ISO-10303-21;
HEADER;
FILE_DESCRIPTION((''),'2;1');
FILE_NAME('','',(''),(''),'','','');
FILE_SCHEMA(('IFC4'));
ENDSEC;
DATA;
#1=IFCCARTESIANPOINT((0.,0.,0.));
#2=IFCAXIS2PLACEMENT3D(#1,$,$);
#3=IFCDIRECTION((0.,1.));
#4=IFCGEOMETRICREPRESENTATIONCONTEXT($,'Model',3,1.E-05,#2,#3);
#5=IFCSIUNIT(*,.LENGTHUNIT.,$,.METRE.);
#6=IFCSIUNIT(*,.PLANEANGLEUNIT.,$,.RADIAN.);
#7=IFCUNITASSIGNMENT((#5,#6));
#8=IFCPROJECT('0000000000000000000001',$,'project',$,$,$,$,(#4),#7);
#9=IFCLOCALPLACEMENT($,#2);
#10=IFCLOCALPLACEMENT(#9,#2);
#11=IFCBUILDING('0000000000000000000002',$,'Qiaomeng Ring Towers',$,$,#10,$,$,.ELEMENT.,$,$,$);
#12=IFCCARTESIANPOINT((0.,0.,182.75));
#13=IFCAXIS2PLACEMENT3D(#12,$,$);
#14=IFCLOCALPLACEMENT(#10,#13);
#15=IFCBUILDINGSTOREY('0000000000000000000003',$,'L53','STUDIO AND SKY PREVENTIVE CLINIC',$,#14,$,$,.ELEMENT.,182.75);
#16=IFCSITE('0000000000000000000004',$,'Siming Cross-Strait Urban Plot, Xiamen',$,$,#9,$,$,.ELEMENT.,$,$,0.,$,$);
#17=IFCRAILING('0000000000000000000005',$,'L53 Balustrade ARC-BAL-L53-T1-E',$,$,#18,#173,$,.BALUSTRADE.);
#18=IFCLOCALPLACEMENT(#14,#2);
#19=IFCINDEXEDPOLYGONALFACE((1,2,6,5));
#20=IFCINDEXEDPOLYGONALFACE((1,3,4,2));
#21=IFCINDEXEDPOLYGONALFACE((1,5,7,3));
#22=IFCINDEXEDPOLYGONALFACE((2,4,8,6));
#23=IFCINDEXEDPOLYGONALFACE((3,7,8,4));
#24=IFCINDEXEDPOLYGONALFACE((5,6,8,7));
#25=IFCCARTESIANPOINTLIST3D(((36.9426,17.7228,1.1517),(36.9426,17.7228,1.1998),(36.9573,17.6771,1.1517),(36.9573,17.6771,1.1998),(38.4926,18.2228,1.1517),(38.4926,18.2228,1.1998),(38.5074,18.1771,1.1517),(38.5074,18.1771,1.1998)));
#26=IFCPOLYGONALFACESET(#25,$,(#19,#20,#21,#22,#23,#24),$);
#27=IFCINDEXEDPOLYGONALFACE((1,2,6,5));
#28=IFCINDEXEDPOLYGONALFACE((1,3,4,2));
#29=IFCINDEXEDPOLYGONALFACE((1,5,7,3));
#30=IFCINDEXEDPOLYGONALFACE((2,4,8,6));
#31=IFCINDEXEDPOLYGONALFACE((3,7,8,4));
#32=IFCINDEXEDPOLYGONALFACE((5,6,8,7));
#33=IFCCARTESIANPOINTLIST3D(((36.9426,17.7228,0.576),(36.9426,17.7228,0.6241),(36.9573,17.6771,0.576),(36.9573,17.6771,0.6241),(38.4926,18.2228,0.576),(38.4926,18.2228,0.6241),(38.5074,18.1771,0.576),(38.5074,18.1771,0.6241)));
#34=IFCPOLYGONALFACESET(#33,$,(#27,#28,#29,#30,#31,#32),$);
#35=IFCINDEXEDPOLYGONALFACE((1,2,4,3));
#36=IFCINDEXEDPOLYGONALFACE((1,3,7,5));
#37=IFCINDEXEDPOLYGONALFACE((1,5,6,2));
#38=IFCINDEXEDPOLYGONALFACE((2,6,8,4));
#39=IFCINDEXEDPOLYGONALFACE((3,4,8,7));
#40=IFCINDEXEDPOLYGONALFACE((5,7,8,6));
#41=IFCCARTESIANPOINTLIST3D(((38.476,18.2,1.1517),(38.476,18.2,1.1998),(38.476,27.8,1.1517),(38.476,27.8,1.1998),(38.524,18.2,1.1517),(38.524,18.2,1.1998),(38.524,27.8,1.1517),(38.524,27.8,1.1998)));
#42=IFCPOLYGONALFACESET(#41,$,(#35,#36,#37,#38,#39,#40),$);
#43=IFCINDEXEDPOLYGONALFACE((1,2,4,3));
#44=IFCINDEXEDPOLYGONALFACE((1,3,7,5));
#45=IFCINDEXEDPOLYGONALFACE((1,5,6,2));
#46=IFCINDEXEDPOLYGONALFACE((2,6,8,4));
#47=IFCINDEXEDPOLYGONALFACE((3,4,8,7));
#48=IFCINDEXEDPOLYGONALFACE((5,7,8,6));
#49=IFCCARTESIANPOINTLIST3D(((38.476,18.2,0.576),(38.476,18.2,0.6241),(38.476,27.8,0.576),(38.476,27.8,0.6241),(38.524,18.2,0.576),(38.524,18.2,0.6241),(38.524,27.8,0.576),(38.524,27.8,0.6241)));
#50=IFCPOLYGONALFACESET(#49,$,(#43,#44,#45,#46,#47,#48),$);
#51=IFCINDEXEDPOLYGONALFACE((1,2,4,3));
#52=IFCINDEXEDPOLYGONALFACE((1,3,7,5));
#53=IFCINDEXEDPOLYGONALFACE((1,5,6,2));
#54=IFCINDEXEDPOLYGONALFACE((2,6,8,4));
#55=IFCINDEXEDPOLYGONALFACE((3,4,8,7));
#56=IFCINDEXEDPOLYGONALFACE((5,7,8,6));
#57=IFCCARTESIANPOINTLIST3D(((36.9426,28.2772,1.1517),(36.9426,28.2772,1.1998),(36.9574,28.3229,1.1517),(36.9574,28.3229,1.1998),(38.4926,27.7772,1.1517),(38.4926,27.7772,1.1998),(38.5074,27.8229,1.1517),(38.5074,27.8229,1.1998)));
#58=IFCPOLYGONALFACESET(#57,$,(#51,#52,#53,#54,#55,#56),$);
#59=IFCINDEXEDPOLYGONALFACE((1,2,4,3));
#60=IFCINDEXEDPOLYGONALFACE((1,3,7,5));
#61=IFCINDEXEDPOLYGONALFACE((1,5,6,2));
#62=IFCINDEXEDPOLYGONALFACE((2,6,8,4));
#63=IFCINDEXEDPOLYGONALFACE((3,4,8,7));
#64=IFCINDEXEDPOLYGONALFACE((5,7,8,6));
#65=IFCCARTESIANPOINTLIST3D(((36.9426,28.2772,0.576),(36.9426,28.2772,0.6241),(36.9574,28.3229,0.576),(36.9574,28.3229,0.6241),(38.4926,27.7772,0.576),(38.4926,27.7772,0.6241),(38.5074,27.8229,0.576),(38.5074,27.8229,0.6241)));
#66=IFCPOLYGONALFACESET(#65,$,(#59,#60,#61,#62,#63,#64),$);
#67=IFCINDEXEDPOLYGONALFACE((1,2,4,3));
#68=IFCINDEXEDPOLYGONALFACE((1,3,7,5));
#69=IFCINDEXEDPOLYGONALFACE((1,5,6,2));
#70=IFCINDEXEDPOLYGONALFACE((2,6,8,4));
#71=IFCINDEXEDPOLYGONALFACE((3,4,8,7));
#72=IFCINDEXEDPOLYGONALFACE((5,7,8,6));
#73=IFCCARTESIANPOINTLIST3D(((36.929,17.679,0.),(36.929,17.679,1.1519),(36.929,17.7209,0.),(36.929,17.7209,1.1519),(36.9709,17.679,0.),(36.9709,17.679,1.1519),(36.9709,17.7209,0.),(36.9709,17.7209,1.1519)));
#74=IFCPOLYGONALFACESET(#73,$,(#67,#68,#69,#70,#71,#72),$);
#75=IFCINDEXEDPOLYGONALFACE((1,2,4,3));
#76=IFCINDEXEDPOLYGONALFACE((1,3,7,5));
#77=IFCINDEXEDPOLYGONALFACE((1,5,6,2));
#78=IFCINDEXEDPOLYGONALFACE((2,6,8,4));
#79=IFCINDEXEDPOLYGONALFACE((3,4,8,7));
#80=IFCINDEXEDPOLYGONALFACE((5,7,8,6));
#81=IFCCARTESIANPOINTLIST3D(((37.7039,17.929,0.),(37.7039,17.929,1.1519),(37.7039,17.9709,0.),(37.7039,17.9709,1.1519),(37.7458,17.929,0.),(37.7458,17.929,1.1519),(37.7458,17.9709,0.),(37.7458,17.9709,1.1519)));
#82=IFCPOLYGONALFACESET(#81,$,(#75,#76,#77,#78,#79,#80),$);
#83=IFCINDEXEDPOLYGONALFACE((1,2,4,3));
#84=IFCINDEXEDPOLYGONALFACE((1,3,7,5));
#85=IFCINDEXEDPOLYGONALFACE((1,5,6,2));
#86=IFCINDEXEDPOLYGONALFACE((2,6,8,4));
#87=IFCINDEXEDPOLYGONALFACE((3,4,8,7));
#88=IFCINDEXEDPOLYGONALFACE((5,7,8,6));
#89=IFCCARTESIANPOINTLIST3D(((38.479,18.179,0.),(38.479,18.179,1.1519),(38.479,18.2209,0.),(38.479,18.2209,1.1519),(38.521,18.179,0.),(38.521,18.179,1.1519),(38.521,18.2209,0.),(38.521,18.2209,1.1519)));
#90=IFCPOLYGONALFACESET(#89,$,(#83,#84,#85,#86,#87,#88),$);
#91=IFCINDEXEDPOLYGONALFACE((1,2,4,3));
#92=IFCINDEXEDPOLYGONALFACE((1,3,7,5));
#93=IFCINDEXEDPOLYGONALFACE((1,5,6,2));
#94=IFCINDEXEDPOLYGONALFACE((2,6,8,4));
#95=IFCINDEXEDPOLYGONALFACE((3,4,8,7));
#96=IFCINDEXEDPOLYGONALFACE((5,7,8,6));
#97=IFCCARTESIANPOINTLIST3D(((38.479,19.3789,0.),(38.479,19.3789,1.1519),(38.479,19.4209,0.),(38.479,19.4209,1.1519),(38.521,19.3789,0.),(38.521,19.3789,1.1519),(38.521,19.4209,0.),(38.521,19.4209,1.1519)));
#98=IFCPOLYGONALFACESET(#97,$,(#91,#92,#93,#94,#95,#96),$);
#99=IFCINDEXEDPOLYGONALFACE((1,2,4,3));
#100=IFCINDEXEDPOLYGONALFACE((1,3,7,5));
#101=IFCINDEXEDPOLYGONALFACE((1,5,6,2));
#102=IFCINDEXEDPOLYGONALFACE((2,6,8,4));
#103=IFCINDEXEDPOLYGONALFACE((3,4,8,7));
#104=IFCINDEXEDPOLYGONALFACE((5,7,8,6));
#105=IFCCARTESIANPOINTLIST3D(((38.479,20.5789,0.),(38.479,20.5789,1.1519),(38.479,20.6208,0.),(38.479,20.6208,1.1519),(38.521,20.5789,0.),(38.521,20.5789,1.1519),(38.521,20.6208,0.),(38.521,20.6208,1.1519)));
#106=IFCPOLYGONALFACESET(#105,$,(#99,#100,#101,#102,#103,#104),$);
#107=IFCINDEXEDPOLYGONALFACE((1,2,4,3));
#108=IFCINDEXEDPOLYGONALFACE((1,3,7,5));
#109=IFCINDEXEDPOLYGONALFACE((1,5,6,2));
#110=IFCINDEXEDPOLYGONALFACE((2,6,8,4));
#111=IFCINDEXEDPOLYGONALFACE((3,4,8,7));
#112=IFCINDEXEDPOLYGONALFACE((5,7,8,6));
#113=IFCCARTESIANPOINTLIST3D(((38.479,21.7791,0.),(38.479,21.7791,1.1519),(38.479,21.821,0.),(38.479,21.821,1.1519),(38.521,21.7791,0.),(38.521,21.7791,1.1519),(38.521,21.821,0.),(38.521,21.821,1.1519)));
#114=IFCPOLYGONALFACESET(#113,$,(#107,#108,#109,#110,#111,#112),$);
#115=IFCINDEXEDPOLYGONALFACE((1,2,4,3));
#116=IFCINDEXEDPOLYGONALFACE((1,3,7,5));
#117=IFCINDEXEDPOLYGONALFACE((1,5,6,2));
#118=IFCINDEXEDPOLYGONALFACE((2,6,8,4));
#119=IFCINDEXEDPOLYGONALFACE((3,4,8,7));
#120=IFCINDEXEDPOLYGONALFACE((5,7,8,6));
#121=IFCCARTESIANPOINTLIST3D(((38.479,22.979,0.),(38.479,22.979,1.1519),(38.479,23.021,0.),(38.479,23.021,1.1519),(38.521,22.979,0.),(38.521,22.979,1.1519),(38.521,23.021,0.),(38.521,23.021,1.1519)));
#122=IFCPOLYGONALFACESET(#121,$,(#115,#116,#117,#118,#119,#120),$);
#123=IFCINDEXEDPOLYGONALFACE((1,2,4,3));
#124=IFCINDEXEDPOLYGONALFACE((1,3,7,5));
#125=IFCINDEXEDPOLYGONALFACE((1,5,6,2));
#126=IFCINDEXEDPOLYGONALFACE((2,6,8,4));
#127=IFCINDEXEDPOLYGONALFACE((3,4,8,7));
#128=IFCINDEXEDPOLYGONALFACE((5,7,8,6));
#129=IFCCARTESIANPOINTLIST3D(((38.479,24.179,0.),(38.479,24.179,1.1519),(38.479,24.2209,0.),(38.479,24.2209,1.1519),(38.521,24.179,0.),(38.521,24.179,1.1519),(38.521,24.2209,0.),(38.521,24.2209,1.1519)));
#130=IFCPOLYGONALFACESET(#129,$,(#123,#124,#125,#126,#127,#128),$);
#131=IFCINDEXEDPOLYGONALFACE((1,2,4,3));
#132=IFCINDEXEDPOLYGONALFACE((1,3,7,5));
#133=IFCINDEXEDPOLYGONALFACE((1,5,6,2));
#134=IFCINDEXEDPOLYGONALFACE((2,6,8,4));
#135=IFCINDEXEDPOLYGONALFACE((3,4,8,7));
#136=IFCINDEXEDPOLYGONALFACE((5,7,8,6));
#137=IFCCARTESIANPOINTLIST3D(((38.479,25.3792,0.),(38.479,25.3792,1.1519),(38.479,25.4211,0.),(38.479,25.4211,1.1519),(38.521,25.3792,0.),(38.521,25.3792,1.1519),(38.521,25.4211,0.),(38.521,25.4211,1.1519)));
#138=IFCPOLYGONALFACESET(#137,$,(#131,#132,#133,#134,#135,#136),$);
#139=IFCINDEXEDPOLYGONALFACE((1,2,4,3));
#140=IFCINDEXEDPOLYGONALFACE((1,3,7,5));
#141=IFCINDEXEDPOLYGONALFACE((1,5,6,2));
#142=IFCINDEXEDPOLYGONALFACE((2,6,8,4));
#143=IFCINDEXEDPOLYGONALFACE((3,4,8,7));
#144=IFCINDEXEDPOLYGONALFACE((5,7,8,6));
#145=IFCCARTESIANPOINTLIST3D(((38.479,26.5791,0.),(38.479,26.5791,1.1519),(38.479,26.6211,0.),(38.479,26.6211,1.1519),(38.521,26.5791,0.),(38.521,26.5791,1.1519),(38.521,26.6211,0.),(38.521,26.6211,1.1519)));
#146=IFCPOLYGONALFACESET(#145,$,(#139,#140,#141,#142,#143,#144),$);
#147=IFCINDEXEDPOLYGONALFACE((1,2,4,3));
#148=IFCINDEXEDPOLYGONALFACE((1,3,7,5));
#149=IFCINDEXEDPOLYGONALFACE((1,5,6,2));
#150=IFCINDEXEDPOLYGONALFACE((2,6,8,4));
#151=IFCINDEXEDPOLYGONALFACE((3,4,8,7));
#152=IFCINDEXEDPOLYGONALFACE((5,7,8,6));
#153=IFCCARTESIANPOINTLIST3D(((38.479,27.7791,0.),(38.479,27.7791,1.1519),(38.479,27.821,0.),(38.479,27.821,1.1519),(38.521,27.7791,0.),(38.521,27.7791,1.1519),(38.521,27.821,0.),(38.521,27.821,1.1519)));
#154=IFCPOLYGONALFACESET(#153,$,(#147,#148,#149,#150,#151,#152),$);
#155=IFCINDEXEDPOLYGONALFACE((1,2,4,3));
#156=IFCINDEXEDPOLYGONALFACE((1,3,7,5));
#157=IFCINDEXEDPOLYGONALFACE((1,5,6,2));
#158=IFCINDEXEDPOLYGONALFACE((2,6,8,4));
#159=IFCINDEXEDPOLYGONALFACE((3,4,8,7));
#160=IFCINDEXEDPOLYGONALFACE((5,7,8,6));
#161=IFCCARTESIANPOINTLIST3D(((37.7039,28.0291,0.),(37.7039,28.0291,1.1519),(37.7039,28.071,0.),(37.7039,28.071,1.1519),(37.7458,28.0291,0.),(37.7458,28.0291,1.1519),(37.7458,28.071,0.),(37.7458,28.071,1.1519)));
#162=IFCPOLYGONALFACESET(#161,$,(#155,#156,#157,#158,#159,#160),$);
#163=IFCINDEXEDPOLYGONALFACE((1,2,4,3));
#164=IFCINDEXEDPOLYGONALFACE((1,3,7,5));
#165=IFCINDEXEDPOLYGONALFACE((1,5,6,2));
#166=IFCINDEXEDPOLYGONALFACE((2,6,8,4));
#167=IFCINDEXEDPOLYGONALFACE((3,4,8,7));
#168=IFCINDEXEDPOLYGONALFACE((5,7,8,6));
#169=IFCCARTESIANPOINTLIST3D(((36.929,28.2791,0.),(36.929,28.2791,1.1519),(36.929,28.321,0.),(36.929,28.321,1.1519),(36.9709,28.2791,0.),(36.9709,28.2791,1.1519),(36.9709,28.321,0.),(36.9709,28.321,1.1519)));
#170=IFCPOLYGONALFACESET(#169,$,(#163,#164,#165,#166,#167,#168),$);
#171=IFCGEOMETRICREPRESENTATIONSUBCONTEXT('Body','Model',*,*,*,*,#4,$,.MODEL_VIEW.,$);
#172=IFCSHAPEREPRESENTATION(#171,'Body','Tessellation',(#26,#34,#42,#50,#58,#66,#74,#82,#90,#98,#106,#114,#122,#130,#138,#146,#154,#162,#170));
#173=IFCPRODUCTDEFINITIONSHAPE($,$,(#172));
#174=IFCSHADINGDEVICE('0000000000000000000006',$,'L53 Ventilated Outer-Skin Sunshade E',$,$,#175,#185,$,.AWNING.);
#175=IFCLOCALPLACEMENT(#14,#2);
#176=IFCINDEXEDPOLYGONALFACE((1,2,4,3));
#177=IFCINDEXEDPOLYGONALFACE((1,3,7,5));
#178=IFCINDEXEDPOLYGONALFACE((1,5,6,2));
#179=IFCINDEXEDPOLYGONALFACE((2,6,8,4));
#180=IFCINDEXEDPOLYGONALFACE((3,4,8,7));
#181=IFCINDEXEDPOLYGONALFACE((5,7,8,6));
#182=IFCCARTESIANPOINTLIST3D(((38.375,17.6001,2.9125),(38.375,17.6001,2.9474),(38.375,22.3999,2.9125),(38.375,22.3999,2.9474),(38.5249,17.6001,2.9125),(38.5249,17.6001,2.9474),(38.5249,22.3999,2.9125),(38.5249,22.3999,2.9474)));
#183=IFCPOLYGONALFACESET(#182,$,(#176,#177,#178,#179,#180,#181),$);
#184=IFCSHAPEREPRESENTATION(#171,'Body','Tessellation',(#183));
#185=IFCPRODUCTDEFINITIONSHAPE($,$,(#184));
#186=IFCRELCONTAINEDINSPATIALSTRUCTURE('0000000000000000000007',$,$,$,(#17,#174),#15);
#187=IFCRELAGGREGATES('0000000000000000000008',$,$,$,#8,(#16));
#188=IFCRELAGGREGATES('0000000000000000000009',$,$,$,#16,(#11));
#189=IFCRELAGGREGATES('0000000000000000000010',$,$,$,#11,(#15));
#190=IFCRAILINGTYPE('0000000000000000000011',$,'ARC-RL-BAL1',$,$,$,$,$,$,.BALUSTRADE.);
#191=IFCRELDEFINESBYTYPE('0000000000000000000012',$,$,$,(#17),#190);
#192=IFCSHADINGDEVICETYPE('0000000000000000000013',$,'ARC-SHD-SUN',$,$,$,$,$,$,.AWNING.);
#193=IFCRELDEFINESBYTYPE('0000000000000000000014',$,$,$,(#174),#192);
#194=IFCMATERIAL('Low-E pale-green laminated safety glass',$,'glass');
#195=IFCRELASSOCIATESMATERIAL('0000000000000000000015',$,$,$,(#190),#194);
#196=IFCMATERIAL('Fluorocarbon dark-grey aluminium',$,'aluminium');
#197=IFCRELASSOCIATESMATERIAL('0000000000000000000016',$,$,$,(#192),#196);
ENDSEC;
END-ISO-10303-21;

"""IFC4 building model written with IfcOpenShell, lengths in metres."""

from ifc_helpers import new_model, si_unit, direction, frame, origin, origin_2d, place, context, subcontext, project, spatial, rectangle, extrude, source, transform, mapped, material, material_profile, profile_set, type_object, element, save


model = new_model("IFC4")

# Units and contexts
model_context = context("Model", 3, precision=1e-05, world=origin(), true_north=direction((0.0, 1.0)))
body_context = subcontext(model_context, "Body", "Model", "MODEL_VIEW")
ifc_project = project(units=[si_unit("LENGTHUNIT", "METRE"), si_unit("PLANEANGLEUNIT", "RADIAN")], contexts=[model_context])

# Site, building, storey
site_placement = place(None, origin())
site = spatial("IfcSite", under=ifc_project, at=site_placement, Name="Siming Cross-Strait Urban Plot, Xiamen", CompositionType="ELEMENT", RefElevation=0.0)
building_placement = place(site_placement, origin())
building = spatial("IfcBuilding", under=site, at=building_placement, Name="Qiaomeng Ring Towers", CompositionType="ELEMENT")
storey_placement = place(building_placement, frame((0.0, 0.0, 182.75)))
storey = spatial("IfcBuildingStorey", under=building, at=storey_placement, Name="L53", Description="STUDIO AND SKY PREVENTIVE CLINIC", CompositionType="ELEMENT", Elevation=182.75)

# Railing
ifc_material_1 = material(Name="Low-E pale-green laminated safety glass", Category="glass")
railing_type = type_object("IfcRailingType", Name="ARC-RL-BAL1", PredefinedType="BALUSTRADE", material=ifc_material_1)
railing_placement = place(storey_placement, frame((36.95, 17.7, 0.0)))
element("IfcRailing", 1, at=railing_placement, inside=storey, type_object=railing_type, Name="L53 Balustrade ARC-BAL-L53-T1-E", PredefinedType="BALUSTRADE", context=body_context, shape_type="SweptSolid", body=[
    extrude(rectangle(XDim=0.0481, YDim=0.0481, at=origin_2d()), frame((0.0, 0.0, 1.1758), z_axis=(0.951711, 0.306994, 0.0), x_axis=(-0.306994, 0.951711, 0.0)), (0.0, 0.0, 1.0), 1.6287),
    extrude(rectangle(XDim=0.0481, YDim=0.0481, at=origin_2d()), frame((0.0, 0.0, 0.6001), z_axis=(0.951711, 0.306994, 0.0), x_axis=(-0.306994, 0.951711, 0.0)), (0.0, 0.0, 1.0), 1.6287),
    extrude(rectangle(XDim=0.0481, YDim=0.0481, at=origin_2d()), frame((1.55, 0.5, 1.1758), z_axis=(0.0, 1.0, 0.0), x_axis=(-1.0, 0.0, 0.0)), (0.0, 0.0, 1.0), 9.6001),
    extrude(rectangle(XDim=0.0481, YDim=0.0481, at=origin_2d()), frame((1.55, 0.5, 0.6001), z_axis=(0.0, 1.0, 0.0), x_axis=(-1.0, 0.0, 0.0)), (0.0, 0.0, 1.0), 9.6001),
    extrude(rectangle(XDim=0.0481, YDim=0.0481, at=origin_2d()), frame((1.55, 10.1001, 1.1758), z_axis=(-0.951711, 0.306994, 0.0), x_axis=(-0.306994, -0.951711, 0.0)), (0.0, 0.0, 1.0), 1.6287),
    extrude(rectangle(XDim=0.0481, YDim=0.0481, at=origin_2d()), frame((1.55, 10.1001, 0.6001), z_axis=(-0.951711, 0.306994, 0.0), x_axis=(-0.306994, -0.951711, 0.0)), (0.0, 0.0, 1.0), 1.6287),
    extrude(rectangle(XDim=0.042, YDim=0.042, at=origin_2d()), origin(), (0.0, 0.0, 1.0), 1.1519),
    extrude(rectangle(XDim=0.042, YDim=0.042, at=origin_2d()), frame((0.7749, 0.25, 0.0)), (0.0, 0.0, 1.0), 1.1519),
    extrude(rectangle(XDim=0.042, YDim=0.042, at=origin_2d()), frame((1.55, 0.5, 0.0)), (0.0, 0.0, 1.0), 1.1519),
    extrude(rectangle(XDim=0.042, YDim=0.042, at=origin_2d()), frame((1.55, 1.7, 0.0)), (0.0, 0.0, 1.0), 1.1519),
    extrude(rectangle(XDim=0.042, YDim=0.042, at=origin_2d()), frame((1.55, 2.8999, 0.0)), (0.0, 0.0, 1.0), 1.1519),
    extrude(rectangle(XDim=0.042, YDim=0.042, at=origin_2d()), frame((1.55, 4.1001, 0.0)), (0.0, 0.0, 1.0), 1.1519),
    extrude(rectangle(XDim=0.042, YDim=0.042, at=origin_2d()), frame((1.55, 5.3, 0.0)), (0.0, 0.0, 1.0), 1.1519),
    extrude(rectangle(XDim=0.042, YDim=0.042, at=origin_2d()), frame((1.55, 6.5, 0.0)), (0.0, 0.0, 1.0), 1.1519),
    extrude(rectangle(XDim=0.042, YDim=0.042, at=origin_2d()), frame((1.55, 7.7002, 0.0)), (0.0, 0.0, 1.0), 1.1519),
    extrude(rectangle(XDim=0.042, YDim=0.042, at=origin_2d()), frame((1.55, 8.9001, 0.0)), (0.0, 0.0, 1.0), 1.1519),
    extrude(rectangle(XDim=0.042, YDim=0.042, at=origin_2d()), frame((1.55, 10.1001, 0.0)), (0.0, 0.0, 1.0), 1.1519),
    extrude(rectangle(XDim=0.042, YDim=0.042, at=origin_2d()), frame((0.7749, 10.3501, 0.0)), (0.0, 0.0, 1.0), 1.1519),
    extrude(rectangle(XDim=0.042, YDim=0.042, at=origin_2d()), frame((0.0, 10.6001, 0.0)), (0.0, 0.0, 1.0), 1.1519),
])

# Shading device
ifc_material_2 = material(Name="Fluorocarbon dark-grey aluminium", Category="aluminium")
ifc_material_profile_1 = material_profile(ifc_material_2, rectangle(XDim=0.1499, YDim=0.0349, at=origin_2d()), Name="LV BLADE 150x35")
ifc_profile_set_1 = profile_set([ifc_material_profile_1], Name="Fluorocarbon dark-grey aluminium")
shading_device_type = type_object("IfcShadingDeviceType", Name="ARC-SHD-SUN", PredefinedType="AWNING", material=ifc_profile_set_1)
shared_shape_1 = source(origin(), body_context, "Body", "SweptSolid", [
    extrude(rectangle(XDim=0.1499, YDim=0.0349, at=origin_2d()), origin(), (0.0, 0.0, 1.0), 4.7998),
])
shading_device_placement = place(storey_placement, frame((38.45, 17.6001, 2.9299), z_axis=(0.0, 1.0, 0.0), x_axis=(-1.0, 0.0, 0.0)))
element("IfcShadingDevice", 2, at=shading_device_placement, inside=storey, type_object=shading_device_type, Name="L53 Ventilated Outer-Skin Sunshade E", PredefinedType="AWNING", context=body_context, shape_type="MappedRepresentation", body=[
    mapped(shared_shape_1, transform((0.0, 0.0, 0.0), x_axis=(1.0, 0.0, 0.0), y_axis=(0.0, 1.0, 0.0), z_axis=(0.0, 0.0, 1.0), scale=1.0)),
])

save(model, "model.ifc")
